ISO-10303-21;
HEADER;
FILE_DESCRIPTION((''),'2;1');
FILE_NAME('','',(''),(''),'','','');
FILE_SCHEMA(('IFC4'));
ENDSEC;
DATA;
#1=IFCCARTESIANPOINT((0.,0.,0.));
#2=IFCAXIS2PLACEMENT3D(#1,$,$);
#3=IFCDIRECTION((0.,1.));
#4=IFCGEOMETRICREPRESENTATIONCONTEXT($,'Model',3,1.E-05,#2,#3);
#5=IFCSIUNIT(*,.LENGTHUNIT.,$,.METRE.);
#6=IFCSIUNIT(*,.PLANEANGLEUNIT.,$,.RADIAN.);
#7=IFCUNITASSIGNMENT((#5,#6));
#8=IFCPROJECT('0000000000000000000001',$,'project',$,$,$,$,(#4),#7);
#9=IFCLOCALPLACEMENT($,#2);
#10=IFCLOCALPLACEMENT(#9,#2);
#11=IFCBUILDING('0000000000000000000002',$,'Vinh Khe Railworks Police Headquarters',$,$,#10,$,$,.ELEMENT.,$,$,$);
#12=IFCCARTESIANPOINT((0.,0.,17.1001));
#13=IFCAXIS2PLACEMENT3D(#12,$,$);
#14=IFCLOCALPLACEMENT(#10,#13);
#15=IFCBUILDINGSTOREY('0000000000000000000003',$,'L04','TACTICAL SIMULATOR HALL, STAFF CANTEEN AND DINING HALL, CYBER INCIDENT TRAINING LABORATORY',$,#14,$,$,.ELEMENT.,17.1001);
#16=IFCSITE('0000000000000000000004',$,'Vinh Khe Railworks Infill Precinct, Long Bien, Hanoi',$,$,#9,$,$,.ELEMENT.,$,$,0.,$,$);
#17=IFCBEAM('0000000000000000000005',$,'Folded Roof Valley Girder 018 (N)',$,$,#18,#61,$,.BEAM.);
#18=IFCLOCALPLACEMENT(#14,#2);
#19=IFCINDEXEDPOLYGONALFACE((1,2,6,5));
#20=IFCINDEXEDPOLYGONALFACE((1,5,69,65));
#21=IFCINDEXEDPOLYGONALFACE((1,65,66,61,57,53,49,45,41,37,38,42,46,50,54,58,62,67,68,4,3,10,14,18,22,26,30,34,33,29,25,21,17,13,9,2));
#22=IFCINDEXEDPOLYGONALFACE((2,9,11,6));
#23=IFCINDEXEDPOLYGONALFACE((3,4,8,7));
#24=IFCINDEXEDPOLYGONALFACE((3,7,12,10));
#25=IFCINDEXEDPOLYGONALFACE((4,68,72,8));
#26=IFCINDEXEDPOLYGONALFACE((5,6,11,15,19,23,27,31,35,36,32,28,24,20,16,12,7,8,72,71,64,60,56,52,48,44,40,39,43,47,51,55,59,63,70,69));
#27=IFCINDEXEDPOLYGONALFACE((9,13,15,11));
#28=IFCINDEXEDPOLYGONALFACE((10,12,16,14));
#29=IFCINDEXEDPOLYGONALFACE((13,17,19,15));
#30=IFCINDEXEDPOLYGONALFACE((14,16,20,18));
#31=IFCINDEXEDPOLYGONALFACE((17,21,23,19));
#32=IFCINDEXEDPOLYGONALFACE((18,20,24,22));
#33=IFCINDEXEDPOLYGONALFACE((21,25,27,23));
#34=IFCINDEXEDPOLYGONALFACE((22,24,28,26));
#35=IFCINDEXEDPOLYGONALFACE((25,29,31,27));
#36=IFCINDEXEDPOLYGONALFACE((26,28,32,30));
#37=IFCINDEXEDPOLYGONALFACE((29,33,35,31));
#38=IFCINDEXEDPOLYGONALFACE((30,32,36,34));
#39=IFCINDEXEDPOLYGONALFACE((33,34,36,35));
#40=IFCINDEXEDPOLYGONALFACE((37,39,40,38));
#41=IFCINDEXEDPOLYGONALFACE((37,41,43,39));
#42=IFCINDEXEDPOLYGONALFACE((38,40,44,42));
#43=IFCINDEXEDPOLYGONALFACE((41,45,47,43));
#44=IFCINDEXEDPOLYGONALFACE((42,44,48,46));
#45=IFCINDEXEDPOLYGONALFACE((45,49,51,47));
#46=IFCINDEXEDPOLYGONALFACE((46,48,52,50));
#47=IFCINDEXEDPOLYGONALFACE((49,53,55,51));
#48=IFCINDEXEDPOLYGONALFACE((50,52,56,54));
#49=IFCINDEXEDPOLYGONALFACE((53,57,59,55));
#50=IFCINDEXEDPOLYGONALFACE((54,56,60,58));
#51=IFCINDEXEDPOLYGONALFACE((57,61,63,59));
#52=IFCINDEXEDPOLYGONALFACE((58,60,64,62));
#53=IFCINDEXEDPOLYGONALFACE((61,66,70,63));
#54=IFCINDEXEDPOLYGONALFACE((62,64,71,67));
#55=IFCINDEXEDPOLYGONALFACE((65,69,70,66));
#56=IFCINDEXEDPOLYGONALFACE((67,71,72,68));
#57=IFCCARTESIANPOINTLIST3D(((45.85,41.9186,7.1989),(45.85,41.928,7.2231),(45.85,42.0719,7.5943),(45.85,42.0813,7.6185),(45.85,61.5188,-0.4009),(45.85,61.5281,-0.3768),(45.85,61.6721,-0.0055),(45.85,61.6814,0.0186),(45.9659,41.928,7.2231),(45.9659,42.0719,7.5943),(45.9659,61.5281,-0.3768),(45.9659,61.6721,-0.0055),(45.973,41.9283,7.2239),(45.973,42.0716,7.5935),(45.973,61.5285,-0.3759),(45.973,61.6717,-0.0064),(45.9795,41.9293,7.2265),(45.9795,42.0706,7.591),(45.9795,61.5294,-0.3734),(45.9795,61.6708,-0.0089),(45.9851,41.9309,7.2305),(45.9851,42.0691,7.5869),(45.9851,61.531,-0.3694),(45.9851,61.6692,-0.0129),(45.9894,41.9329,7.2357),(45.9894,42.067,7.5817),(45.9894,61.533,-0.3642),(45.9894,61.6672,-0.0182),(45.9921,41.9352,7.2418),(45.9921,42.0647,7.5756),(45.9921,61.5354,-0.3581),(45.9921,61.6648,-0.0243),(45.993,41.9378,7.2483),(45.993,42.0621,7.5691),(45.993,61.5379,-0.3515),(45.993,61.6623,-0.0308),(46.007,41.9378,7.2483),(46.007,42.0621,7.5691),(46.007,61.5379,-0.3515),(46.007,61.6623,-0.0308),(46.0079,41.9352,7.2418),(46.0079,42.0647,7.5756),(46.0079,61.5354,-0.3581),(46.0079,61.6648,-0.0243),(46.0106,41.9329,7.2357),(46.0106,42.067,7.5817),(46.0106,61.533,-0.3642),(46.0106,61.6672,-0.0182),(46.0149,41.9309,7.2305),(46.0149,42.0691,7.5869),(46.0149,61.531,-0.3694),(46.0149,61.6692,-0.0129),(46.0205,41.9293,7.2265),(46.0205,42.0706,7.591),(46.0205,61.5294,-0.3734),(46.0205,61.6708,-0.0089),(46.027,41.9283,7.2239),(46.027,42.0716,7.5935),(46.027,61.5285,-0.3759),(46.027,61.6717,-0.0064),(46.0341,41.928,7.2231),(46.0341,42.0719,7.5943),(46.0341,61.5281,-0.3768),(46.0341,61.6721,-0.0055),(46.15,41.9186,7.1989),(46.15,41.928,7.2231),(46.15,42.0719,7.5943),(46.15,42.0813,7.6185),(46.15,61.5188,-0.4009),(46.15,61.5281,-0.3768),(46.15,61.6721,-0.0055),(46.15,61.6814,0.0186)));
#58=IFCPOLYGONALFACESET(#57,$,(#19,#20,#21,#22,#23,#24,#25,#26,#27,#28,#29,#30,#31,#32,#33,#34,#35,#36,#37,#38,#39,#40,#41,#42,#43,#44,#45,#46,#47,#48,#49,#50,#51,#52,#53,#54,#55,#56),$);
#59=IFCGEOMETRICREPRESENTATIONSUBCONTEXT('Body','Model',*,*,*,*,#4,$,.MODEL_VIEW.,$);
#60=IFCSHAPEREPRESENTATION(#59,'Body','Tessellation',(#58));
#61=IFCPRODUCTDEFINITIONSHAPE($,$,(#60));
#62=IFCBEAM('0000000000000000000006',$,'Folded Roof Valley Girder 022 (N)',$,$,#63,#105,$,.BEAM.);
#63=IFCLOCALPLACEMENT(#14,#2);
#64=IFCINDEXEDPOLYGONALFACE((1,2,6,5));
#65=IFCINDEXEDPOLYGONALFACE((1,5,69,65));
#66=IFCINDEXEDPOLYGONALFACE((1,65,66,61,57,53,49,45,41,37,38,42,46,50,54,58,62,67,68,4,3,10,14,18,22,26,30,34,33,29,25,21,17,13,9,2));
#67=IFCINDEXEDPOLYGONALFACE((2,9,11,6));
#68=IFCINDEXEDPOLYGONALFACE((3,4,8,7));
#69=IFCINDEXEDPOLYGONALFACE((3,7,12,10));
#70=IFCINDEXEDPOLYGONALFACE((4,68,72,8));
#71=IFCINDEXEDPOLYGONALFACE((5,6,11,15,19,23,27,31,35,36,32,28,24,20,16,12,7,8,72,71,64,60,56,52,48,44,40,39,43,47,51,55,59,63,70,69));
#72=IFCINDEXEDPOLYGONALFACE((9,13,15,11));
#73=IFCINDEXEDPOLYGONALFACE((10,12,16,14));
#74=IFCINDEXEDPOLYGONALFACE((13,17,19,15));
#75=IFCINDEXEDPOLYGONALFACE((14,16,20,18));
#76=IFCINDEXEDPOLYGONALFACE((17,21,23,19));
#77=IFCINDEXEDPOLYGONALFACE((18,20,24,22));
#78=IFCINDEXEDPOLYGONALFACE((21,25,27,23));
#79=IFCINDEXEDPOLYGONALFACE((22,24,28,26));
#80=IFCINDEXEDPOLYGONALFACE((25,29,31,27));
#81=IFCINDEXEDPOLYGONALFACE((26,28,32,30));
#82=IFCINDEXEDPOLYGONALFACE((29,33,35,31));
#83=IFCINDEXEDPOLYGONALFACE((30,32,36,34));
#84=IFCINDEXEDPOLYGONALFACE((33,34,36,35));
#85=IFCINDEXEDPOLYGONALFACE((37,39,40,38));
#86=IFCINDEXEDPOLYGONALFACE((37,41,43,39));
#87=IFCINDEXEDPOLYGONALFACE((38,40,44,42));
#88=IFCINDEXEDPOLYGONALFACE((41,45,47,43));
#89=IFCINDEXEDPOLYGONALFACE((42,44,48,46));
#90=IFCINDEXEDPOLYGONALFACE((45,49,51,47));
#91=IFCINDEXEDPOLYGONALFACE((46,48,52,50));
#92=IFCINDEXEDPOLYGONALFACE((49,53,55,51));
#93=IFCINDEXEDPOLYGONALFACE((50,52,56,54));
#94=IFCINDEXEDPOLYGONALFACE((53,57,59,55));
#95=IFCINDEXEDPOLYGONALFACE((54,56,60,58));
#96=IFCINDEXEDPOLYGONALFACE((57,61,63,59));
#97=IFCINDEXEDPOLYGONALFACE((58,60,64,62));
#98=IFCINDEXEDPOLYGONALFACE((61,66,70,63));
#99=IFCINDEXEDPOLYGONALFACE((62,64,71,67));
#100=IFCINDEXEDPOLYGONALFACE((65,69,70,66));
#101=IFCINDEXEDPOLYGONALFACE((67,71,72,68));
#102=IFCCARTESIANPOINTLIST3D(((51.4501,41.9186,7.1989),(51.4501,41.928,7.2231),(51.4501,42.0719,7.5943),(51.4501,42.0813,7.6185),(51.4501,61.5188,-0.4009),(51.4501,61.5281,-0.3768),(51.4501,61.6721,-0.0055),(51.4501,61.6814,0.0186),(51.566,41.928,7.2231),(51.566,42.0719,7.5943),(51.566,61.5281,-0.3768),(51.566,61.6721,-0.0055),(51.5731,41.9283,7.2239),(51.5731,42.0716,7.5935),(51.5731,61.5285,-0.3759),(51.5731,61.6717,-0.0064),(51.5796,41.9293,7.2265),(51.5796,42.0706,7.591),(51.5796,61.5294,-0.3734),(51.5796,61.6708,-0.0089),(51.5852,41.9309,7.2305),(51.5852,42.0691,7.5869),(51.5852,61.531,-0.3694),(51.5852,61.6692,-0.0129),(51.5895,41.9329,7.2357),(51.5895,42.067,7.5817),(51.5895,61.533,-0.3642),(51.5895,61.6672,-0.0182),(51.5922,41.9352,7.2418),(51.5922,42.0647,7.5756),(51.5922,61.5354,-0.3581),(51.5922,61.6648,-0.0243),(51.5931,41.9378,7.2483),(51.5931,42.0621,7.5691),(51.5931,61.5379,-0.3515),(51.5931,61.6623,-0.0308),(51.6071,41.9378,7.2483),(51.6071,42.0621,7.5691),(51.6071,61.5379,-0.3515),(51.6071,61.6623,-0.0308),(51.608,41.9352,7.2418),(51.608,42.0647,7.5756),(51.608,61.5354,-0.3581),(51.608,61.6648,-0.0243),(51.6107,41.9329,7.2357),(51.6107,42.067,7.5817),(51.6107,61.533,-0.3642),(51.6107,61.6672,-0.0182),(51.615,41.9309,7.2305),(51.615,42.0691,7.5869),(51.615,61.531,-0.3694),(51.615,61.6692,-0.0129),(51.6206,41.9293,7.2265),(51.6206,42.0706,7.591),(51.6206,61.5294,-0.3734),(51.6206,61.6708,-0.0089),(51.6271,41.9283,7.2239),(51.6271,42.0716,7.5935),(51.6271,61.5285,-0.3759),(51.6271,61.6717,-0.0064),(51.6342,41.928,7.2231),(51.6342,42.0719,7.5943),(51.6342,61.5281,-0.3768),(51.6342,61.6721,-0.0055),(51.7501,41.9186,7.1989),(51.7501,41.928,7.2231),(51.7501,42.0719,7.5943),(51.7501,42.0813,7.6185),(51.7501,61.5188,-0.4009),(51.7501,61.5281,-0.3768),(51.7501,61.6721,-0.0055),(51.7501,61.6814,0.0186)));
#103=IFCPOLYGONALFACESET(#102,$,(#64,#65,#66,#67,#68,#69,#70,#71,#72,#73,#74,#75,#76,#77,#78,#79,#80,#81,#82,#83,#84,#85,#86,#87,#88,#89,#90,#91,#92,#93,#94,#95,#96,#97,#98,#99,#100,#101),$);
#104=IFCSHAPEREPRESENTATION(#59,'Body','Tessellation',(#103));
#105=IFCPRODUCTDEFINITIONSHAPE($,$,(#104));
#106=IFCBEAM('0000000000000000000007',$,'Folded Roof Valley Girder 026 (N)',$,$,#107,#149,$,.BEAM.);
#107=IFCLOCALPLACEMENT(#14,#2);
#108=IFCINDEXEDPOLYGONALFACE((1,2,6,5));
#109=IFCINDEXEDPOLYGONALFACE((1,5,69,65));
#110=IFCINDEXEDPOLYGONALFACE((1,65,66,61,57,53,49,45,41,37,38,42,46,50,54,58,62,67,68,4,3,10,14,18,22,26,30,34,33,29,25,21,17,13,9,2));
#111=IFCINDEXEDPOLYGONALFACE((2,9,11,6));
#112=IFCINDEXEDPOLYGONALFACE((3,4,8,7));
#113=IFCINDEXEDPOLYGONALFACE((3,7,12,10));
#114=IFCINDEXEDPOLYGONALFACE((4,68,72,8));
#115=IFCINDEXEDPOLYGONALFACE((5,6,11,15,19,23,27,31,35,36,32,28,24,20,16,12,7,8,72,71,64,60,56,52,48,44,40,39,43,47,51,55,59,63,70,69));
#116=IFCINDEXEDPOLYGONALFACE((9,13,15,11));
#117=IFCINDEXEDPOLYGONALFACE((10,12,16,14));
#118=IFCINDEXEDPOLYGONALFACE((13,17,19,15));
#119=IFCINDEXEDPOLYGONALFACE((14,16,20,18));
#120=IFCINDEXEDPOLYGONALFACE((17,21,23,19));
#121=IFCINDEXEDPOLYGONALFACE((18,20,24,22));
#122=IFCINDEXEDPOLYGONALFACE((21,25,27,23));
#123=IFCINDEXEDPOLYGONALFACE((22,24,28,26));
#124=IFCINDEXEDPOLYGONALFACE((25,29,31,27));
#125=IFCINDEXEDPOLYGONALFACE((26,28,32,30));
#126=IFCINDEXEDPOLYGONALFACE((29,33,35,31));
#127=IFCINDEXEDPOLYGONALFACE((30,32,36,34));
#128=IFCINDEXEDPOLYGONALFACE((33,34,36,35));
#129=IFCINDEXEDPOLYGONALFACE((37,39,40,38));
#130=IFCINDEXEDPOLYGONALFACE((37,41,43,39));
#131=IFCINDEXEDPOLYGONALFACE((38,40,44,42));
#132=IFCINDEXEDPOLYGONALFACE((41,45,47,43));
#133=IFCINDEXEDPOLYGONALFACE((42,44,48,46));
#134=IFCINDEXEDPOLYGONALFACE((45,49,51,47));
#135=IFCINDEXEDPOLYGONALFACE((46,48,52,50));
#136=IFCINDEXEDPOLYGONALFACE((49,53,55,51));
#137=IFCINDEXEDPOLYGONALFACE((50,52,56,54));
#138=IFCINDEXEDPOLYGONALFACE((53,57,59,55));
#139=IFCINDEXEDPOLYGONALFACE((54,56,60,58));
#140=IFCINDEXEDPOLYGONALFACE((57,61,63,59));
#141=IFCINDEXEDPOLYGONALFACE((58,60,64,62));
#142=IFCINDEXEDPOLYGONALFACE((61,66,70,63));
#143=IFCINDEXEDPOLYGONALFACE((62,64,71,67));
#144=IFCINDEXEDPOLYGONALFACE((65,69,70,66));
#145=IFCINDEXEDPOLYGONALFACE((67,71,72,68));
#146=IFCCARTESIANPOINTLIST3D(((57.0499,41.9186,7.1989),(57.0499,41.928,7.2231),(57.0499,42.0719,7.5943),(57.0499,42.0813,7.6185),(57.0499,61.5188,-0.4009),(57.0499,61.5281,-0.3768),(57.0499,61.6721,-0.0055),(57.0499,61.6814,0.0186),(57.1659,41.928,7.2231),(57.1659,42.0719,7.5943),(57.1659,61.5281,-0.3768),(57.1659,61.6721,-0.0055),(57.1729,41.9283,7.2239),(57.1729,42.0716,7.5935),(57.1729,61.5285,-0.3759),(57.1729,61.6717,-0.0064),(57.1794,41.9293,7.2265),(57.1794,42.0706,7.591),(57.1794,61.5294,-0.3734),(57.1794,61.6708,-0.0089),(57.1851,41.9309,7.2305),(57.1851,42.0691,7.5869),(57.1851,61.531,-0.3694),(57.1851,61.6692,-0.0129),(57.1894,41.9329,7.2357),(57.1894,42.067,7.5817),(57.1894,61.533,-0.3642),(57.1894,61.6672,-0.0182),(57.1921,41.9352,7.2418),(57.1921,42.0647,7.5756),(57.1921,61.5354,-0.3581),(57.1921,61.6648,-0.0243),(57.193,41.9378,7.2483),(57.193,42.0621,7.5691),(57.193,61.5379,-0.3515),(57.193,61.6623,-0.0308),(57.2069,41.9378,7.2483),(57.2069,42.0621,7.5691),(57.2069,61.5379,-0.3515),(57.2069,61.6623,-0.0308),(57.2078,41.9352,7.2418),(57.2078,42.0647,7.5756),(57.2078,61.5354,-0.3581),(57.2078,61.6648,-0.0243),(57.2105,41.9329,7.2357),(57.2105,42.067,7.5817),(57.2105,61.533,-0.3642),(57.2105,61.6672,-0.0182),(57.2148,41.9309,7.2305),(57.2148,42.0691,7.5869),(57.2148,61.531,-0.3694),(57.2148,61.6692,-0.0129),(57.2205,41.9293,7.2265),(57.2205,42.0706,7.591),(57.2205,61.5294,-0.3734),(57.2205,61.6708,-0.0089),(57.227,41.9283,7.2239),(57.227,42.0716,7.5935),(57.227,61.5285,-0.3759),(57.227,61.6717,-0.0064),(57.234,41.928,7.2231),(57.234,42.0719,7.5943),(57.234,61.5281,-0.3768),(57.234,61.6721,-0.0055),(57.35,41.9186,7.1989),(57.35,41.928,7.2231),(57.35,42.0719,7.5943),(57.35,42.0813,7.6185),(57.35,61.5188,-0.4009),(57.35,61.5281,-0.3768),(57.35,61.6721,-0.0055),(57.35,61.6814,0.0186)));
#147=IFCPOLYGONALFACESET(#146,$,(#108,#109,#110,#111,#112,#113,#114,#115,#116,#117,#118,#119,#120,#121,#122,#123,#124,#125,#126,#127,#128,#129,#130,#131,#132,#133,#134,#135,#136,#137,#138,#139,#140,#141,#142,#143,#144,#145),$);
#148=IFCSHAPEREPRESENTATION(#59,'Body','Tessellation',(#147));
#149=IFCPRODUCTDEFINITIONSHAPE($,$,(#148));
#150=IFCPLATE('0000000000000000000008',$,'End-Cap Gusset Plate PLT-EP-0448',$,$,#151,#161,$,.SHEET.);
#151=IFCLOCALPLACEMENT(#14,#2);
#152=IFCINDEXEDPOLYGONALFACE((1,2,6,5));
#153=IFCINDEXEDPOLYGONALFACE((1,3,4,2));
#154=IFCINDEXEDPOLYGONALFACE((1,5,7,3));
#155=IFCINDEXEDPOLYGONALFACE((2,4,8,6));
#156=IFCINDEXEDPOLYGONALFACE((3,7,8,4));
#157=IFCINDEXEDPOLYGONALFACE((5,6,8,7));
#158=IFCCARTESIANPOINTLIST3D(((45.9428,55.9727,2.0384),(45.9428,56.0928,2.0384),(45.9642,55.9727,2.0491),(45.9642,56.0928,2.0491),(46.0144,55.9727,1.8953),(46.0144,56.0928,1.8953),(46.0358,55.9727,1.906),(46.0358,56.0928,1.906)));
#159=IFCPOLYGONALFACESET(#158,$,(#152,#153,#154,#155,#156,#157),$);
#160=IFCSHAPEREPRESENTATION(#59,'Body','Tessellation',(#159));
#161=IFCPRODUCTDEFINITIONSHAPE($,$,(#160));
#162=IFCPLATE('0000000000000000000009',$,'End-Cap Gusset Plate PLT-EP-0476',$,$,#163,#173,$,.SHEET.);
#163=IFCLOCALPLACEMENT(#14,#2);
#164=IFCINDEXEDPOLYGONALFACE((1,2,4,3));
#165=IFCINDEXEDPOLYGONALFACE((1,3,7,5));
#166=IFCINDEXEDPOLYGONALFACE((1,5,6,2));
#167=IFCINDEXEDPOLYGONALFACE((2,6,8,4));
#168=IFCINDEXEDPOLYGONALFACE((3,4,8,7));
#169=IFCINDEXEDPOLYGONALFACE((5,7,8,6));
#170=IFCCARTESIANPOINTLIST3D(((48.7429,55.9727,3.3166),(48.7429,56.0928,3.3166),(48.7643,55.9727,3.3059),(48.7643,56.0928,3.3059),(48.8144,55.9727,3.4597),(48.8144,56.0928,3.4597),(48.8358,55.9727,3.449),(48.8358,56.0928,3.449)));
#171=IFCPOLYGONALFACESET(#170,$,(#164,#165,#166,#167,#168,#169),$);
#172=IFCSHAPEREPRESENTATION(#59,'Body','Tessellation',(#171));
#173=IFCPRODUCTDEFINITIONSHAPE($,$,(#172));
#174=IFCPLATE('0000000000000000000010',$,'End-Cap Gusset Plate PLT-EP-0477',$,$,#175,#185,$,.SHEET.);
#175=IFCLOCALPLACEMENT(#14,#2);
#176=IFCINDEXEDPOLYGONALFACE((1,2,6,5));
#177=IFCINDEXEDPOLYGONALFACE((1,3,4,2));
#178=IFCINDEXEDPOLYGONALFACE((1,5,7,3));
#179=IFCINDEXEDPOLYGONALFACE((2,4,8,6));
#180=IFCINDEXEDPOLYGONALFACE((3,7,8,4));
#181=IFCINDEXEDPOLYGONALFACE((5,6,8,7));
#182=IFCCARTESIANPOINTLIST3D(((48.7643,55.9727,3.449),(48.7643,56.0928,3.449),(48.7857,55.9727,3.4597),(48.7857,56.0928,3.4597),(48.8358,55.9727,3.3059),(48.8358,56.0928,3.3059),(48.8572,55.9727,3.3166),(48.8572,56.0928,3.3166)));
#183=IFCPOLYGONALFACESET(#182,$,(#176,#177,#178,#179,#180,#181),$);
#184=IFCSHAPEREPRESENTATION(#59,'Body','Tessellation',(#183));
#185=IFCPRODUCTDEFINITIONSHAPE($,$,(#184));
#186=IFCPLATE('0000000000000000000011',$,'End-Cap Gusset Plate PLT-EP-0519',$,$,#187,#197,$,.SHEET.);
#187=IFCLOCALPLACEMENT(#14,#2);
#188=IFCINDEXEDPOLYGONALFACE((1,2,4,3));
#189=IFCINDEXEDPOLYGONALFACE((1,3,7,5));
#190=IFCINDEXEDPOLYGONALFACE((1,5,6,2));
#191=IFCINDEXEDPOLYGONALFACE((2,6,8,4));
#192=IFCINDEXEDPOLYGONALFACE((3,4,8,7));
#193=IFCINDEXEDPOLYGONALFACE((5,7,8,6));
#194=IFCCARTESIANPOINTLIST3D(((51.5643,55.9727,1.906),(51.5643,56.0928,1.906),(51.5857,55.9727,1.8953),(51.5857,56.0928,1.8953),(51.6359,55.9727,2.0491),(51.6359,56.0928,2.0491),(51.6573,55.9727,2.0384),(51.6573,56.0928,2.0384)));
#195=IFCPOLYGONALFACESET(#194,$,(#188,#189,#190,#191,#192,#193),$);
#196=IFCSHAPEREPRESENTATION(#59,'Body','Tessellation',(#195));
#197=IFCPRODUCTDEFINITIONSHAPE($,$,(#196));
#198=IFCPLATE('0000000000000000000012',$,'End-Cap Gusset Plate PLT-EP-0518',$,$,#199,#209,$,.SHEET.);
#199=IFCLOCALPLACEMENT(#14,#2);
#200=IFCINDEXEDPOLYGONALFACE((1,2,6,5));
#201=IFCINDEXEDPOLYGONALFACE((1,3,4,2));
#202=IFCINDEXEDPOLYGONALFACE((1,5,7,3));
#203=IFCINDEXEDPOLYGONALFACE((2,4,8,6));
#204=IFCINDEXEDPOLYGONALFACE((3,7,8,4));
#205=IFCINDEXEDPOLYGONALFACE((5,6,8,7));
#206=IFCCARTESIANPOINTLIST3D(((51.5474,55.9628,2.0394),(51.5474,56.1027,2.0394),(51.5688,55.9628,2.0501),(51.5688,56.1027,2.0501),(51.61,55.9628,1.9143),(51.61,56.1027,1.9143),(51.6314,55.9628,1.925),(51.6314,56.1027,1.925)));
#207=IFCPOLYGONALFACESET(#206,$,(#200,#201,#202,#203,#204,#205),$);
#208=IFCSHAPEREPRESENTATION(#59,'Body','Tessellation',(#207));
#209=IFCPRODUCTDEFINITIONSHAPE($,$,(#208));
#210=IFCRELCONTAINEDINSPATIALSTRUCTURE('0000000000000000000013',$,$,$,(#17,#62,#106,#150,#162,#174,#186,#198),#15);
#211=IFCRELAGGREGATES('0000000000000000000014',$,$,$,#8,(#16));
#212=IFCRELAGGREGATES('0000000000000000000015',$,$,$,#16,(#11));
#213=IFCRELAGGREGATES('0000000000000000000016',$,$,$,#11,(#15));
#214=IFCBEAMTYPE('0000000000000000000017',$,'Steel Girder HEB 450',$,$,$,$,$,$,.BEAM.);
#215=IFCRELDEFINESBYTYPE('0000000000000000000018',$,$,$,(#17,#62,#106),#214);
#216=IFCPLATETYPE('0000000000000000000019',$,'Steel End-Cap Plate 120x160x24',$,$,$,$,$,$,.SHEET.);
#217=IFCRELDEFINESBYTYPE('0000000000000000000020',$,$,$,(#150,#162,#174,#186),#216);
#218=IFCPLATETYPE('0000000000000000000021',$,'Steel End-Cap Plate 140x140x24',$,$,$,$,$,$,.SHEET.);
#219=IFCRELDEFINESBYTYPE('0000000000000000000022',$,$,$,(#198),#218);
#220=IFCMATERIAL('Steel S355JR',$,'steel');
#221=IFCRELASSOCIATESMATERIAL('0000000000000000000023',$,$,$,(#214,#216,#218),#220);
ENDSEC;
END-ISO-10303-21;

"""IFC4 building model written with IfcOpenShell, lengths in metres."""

from ifc_helpers import new_model, si_unit, direction, frame, origin, origin_2d, place, context, subcontext, project, spatial, rectangle, i_section, extrude, material, material_profile, profile_set, type_object, element, save


model = new_model("IFC4")

# Units and contexts
model_context = context("Model", 3, precision=1e-05, world=origin(), true_north=direction((0.0, 1.0)))
body_context = subcontext(model_context, "Body", "Model", "MODEL_VIEW")
ifc_project = project(units=[si_unit("LENGTHUNIT", "METRE"), si_unit("PLANEANGLEUNIT", "RADIAN")], contexts=[model_context])

# Site, building, storey
site_placement = place(None, origin())
site = spatial("IfcSite", under=ifc_project, at=site_placement, Name="Vinh Khe Railworks Infill Precinct, Long Bien, Hanoi", CompositionType="ELEMENT", RefElevation=0.0)
building_placement = place(site_placement, origin())
building = spatial("IfcBuilding", under=site, at=building_placement, Name="Vinh Khe Railworks Police Headquarters", CompositionType="ELEMENT")
storey_placement = place(building_placement, frame((0.0, 0.0, 17.1001)))
storey = spatial("IfcBuildingStorey", under=building, at=storey_placement, Name="L04", Description="TACTICAL SIMULATOR HALL, STAFF CANTEEN AND DINING HALL, CYBER INCIDENT TRAINING LABORATORY", CompositionType="ELEMENT", Elevation=17.1001)

# Shared definitions
ifc_material = material(Name="Steel S355JR", Category="steel")

# Beams
ifc_material_profile_1 = material_profile(ifc_material, i_section(OverallWidth=0.3, OverallDepth=0.45, WebThickness=0.0139, FlangeThickness=0.0259, FilletRadius=0.0271, at=origin_2d()), Name="HEB 450")
ifc_profile_set_1 = profile_set([ifc_material_profile_1], Name="Steel S355JR")
beam_type_1 = type_object("IfcBeamType", Name="Steel Girder HEB 450", PredefinedType="BEAM", material=ifc_profile_set_1)
for number, where, z_axis, x_axis, name in (
    (1, (46.0, 61.6001, -0.1912), (0.0, -0.932364, 0.36152), (1.0, 0.0, 0.0), "Folded Roof Valley Girder 018 (N)"),
    (2, (51.6001, 61.6001, -0.1912), (0.0, -0.932364, 0.36152), (1.0, 0.0, 0.0), "Folded Roof Valley Girder 022 (N)"),
    (3, (57.2, 61.6001, -0.1912), (0.0, -0.932364, 0.36152), (1.0, 0.0, 0.0), "Folded Roof Valley Girder 026 (N)"),
):
    element("IfcBeam", number, at=place(storey_placement, frame(where, z_axis=z_axis, x_axis=x_axis)), inside=storey, type_object=beam_type_1, Name=name, PredefinedType="BEAM", context=body_context, shape_type="SweptSolid", body=[
        extrude(i_section(OverallWidth=0.3, OverallDepth=0.45, WebThickness=0.0139, FlangeThickness=0.0259, FilletRadius=0.0271, at=origin_2d()), origin(), (0.0, 0.0, 1.0), 21.022),
    ])

# Plates
ifc_material_profile_2 = material_profile(ifc_material, rectangle(XDim=0.1201, YDim=0.1599, at=origin_2d()), Name="PL 120x160")
ifc_profile_set_2 = profile_set([ifc_material_profile_2], Name="Steel S355JR")
plate_type_1 = type_object("IfcPlateType", Name="Steel End-Cap Plate 120x160x24", PredefinedType="SHEET", material=ifc_profile_set_2)
for number, where, z_axis, x_axis, name in (
    (4, (46.0, 56.0327, 1.9775), (-0.894427, 0.0, -0.447214), (0.0, -1.0, 0.0), "End-Cap Gusset Plate PLT-EP-0448"),
    (5, (48.8, 56.0327, 3.3774), (-0.894427, 0.0, 0.447214), (0.0, -1.0, 0.0), "End-Cap Gusset Plate PLT-EP-0476"),
    (6, (48.8, 56.0327, 3.3774), (0.894427, 0.0, 0.447214), (0.0, 1.0, 0.0), "End-Cap Gusset Plate PLT-EP-0477"),
    (7, (51.6001, 56.0327, 1.9775), (0.894427, 0.0, -0.447214), (0.0, 1.0, 0.0), "End-Cap Gusset Plate PLT-EP-0519"),
):
    element("IfcPlate", number, at=place(storey_placement, frame(where, z_axis=z_axis, x_axis=x_axis)), inside=storey, type_object=plate_type_1, Name=name, PredefinedType="SHEET", context=body_context, shape_type="SweptSolid", body=[
        extrude(rectangle(XDim=0.1201, YDim=0.1599, at=origin_2d()), origin(), (0.0, 0.0, 1.0), 0.0239),
    ])
ifc_material_profile_3 = material_profile(ifc_material, rectangle(XDim=0.1399, YDim=0.1399, at=origin_2d()), Name="PL 140x140")
ifc_profile_set_3 = profile_set([ifc_material_profile_3], Name="Steel S355JR")
plate_type_2 = type_object("IfcPlateType", Name="Steel End-Cap Plate 140x140x24", PredefinedType="SHEET", material=ifc_profile_set_3)
for number, where, z_axis, x_axis, name in (
    (8, (51.6001, 56.0327, 1.9875), (-0.894427, 0.0, -0.447214), (0.0, -1.0, 0.0), "End-Cap Gusset Plate PLT-EP-0518"),
):
    element("IfcPlate", number, at=place(storey_placement, frame(where, z_axis=z_axis, x_axis=x_axis)), inside=storey, type_object=plate_type_2, Name=name, PredefinedType="SHEET", context=body_context, shape_type="SweptSolid", body=[
        extrude(rectangle(XDim=0.1399, YDim=0.1399, at=origin_2d()), origin(), (0.0, 0.0, 1.0), 0.0239),
    ])

save(model, "model.ifc")
